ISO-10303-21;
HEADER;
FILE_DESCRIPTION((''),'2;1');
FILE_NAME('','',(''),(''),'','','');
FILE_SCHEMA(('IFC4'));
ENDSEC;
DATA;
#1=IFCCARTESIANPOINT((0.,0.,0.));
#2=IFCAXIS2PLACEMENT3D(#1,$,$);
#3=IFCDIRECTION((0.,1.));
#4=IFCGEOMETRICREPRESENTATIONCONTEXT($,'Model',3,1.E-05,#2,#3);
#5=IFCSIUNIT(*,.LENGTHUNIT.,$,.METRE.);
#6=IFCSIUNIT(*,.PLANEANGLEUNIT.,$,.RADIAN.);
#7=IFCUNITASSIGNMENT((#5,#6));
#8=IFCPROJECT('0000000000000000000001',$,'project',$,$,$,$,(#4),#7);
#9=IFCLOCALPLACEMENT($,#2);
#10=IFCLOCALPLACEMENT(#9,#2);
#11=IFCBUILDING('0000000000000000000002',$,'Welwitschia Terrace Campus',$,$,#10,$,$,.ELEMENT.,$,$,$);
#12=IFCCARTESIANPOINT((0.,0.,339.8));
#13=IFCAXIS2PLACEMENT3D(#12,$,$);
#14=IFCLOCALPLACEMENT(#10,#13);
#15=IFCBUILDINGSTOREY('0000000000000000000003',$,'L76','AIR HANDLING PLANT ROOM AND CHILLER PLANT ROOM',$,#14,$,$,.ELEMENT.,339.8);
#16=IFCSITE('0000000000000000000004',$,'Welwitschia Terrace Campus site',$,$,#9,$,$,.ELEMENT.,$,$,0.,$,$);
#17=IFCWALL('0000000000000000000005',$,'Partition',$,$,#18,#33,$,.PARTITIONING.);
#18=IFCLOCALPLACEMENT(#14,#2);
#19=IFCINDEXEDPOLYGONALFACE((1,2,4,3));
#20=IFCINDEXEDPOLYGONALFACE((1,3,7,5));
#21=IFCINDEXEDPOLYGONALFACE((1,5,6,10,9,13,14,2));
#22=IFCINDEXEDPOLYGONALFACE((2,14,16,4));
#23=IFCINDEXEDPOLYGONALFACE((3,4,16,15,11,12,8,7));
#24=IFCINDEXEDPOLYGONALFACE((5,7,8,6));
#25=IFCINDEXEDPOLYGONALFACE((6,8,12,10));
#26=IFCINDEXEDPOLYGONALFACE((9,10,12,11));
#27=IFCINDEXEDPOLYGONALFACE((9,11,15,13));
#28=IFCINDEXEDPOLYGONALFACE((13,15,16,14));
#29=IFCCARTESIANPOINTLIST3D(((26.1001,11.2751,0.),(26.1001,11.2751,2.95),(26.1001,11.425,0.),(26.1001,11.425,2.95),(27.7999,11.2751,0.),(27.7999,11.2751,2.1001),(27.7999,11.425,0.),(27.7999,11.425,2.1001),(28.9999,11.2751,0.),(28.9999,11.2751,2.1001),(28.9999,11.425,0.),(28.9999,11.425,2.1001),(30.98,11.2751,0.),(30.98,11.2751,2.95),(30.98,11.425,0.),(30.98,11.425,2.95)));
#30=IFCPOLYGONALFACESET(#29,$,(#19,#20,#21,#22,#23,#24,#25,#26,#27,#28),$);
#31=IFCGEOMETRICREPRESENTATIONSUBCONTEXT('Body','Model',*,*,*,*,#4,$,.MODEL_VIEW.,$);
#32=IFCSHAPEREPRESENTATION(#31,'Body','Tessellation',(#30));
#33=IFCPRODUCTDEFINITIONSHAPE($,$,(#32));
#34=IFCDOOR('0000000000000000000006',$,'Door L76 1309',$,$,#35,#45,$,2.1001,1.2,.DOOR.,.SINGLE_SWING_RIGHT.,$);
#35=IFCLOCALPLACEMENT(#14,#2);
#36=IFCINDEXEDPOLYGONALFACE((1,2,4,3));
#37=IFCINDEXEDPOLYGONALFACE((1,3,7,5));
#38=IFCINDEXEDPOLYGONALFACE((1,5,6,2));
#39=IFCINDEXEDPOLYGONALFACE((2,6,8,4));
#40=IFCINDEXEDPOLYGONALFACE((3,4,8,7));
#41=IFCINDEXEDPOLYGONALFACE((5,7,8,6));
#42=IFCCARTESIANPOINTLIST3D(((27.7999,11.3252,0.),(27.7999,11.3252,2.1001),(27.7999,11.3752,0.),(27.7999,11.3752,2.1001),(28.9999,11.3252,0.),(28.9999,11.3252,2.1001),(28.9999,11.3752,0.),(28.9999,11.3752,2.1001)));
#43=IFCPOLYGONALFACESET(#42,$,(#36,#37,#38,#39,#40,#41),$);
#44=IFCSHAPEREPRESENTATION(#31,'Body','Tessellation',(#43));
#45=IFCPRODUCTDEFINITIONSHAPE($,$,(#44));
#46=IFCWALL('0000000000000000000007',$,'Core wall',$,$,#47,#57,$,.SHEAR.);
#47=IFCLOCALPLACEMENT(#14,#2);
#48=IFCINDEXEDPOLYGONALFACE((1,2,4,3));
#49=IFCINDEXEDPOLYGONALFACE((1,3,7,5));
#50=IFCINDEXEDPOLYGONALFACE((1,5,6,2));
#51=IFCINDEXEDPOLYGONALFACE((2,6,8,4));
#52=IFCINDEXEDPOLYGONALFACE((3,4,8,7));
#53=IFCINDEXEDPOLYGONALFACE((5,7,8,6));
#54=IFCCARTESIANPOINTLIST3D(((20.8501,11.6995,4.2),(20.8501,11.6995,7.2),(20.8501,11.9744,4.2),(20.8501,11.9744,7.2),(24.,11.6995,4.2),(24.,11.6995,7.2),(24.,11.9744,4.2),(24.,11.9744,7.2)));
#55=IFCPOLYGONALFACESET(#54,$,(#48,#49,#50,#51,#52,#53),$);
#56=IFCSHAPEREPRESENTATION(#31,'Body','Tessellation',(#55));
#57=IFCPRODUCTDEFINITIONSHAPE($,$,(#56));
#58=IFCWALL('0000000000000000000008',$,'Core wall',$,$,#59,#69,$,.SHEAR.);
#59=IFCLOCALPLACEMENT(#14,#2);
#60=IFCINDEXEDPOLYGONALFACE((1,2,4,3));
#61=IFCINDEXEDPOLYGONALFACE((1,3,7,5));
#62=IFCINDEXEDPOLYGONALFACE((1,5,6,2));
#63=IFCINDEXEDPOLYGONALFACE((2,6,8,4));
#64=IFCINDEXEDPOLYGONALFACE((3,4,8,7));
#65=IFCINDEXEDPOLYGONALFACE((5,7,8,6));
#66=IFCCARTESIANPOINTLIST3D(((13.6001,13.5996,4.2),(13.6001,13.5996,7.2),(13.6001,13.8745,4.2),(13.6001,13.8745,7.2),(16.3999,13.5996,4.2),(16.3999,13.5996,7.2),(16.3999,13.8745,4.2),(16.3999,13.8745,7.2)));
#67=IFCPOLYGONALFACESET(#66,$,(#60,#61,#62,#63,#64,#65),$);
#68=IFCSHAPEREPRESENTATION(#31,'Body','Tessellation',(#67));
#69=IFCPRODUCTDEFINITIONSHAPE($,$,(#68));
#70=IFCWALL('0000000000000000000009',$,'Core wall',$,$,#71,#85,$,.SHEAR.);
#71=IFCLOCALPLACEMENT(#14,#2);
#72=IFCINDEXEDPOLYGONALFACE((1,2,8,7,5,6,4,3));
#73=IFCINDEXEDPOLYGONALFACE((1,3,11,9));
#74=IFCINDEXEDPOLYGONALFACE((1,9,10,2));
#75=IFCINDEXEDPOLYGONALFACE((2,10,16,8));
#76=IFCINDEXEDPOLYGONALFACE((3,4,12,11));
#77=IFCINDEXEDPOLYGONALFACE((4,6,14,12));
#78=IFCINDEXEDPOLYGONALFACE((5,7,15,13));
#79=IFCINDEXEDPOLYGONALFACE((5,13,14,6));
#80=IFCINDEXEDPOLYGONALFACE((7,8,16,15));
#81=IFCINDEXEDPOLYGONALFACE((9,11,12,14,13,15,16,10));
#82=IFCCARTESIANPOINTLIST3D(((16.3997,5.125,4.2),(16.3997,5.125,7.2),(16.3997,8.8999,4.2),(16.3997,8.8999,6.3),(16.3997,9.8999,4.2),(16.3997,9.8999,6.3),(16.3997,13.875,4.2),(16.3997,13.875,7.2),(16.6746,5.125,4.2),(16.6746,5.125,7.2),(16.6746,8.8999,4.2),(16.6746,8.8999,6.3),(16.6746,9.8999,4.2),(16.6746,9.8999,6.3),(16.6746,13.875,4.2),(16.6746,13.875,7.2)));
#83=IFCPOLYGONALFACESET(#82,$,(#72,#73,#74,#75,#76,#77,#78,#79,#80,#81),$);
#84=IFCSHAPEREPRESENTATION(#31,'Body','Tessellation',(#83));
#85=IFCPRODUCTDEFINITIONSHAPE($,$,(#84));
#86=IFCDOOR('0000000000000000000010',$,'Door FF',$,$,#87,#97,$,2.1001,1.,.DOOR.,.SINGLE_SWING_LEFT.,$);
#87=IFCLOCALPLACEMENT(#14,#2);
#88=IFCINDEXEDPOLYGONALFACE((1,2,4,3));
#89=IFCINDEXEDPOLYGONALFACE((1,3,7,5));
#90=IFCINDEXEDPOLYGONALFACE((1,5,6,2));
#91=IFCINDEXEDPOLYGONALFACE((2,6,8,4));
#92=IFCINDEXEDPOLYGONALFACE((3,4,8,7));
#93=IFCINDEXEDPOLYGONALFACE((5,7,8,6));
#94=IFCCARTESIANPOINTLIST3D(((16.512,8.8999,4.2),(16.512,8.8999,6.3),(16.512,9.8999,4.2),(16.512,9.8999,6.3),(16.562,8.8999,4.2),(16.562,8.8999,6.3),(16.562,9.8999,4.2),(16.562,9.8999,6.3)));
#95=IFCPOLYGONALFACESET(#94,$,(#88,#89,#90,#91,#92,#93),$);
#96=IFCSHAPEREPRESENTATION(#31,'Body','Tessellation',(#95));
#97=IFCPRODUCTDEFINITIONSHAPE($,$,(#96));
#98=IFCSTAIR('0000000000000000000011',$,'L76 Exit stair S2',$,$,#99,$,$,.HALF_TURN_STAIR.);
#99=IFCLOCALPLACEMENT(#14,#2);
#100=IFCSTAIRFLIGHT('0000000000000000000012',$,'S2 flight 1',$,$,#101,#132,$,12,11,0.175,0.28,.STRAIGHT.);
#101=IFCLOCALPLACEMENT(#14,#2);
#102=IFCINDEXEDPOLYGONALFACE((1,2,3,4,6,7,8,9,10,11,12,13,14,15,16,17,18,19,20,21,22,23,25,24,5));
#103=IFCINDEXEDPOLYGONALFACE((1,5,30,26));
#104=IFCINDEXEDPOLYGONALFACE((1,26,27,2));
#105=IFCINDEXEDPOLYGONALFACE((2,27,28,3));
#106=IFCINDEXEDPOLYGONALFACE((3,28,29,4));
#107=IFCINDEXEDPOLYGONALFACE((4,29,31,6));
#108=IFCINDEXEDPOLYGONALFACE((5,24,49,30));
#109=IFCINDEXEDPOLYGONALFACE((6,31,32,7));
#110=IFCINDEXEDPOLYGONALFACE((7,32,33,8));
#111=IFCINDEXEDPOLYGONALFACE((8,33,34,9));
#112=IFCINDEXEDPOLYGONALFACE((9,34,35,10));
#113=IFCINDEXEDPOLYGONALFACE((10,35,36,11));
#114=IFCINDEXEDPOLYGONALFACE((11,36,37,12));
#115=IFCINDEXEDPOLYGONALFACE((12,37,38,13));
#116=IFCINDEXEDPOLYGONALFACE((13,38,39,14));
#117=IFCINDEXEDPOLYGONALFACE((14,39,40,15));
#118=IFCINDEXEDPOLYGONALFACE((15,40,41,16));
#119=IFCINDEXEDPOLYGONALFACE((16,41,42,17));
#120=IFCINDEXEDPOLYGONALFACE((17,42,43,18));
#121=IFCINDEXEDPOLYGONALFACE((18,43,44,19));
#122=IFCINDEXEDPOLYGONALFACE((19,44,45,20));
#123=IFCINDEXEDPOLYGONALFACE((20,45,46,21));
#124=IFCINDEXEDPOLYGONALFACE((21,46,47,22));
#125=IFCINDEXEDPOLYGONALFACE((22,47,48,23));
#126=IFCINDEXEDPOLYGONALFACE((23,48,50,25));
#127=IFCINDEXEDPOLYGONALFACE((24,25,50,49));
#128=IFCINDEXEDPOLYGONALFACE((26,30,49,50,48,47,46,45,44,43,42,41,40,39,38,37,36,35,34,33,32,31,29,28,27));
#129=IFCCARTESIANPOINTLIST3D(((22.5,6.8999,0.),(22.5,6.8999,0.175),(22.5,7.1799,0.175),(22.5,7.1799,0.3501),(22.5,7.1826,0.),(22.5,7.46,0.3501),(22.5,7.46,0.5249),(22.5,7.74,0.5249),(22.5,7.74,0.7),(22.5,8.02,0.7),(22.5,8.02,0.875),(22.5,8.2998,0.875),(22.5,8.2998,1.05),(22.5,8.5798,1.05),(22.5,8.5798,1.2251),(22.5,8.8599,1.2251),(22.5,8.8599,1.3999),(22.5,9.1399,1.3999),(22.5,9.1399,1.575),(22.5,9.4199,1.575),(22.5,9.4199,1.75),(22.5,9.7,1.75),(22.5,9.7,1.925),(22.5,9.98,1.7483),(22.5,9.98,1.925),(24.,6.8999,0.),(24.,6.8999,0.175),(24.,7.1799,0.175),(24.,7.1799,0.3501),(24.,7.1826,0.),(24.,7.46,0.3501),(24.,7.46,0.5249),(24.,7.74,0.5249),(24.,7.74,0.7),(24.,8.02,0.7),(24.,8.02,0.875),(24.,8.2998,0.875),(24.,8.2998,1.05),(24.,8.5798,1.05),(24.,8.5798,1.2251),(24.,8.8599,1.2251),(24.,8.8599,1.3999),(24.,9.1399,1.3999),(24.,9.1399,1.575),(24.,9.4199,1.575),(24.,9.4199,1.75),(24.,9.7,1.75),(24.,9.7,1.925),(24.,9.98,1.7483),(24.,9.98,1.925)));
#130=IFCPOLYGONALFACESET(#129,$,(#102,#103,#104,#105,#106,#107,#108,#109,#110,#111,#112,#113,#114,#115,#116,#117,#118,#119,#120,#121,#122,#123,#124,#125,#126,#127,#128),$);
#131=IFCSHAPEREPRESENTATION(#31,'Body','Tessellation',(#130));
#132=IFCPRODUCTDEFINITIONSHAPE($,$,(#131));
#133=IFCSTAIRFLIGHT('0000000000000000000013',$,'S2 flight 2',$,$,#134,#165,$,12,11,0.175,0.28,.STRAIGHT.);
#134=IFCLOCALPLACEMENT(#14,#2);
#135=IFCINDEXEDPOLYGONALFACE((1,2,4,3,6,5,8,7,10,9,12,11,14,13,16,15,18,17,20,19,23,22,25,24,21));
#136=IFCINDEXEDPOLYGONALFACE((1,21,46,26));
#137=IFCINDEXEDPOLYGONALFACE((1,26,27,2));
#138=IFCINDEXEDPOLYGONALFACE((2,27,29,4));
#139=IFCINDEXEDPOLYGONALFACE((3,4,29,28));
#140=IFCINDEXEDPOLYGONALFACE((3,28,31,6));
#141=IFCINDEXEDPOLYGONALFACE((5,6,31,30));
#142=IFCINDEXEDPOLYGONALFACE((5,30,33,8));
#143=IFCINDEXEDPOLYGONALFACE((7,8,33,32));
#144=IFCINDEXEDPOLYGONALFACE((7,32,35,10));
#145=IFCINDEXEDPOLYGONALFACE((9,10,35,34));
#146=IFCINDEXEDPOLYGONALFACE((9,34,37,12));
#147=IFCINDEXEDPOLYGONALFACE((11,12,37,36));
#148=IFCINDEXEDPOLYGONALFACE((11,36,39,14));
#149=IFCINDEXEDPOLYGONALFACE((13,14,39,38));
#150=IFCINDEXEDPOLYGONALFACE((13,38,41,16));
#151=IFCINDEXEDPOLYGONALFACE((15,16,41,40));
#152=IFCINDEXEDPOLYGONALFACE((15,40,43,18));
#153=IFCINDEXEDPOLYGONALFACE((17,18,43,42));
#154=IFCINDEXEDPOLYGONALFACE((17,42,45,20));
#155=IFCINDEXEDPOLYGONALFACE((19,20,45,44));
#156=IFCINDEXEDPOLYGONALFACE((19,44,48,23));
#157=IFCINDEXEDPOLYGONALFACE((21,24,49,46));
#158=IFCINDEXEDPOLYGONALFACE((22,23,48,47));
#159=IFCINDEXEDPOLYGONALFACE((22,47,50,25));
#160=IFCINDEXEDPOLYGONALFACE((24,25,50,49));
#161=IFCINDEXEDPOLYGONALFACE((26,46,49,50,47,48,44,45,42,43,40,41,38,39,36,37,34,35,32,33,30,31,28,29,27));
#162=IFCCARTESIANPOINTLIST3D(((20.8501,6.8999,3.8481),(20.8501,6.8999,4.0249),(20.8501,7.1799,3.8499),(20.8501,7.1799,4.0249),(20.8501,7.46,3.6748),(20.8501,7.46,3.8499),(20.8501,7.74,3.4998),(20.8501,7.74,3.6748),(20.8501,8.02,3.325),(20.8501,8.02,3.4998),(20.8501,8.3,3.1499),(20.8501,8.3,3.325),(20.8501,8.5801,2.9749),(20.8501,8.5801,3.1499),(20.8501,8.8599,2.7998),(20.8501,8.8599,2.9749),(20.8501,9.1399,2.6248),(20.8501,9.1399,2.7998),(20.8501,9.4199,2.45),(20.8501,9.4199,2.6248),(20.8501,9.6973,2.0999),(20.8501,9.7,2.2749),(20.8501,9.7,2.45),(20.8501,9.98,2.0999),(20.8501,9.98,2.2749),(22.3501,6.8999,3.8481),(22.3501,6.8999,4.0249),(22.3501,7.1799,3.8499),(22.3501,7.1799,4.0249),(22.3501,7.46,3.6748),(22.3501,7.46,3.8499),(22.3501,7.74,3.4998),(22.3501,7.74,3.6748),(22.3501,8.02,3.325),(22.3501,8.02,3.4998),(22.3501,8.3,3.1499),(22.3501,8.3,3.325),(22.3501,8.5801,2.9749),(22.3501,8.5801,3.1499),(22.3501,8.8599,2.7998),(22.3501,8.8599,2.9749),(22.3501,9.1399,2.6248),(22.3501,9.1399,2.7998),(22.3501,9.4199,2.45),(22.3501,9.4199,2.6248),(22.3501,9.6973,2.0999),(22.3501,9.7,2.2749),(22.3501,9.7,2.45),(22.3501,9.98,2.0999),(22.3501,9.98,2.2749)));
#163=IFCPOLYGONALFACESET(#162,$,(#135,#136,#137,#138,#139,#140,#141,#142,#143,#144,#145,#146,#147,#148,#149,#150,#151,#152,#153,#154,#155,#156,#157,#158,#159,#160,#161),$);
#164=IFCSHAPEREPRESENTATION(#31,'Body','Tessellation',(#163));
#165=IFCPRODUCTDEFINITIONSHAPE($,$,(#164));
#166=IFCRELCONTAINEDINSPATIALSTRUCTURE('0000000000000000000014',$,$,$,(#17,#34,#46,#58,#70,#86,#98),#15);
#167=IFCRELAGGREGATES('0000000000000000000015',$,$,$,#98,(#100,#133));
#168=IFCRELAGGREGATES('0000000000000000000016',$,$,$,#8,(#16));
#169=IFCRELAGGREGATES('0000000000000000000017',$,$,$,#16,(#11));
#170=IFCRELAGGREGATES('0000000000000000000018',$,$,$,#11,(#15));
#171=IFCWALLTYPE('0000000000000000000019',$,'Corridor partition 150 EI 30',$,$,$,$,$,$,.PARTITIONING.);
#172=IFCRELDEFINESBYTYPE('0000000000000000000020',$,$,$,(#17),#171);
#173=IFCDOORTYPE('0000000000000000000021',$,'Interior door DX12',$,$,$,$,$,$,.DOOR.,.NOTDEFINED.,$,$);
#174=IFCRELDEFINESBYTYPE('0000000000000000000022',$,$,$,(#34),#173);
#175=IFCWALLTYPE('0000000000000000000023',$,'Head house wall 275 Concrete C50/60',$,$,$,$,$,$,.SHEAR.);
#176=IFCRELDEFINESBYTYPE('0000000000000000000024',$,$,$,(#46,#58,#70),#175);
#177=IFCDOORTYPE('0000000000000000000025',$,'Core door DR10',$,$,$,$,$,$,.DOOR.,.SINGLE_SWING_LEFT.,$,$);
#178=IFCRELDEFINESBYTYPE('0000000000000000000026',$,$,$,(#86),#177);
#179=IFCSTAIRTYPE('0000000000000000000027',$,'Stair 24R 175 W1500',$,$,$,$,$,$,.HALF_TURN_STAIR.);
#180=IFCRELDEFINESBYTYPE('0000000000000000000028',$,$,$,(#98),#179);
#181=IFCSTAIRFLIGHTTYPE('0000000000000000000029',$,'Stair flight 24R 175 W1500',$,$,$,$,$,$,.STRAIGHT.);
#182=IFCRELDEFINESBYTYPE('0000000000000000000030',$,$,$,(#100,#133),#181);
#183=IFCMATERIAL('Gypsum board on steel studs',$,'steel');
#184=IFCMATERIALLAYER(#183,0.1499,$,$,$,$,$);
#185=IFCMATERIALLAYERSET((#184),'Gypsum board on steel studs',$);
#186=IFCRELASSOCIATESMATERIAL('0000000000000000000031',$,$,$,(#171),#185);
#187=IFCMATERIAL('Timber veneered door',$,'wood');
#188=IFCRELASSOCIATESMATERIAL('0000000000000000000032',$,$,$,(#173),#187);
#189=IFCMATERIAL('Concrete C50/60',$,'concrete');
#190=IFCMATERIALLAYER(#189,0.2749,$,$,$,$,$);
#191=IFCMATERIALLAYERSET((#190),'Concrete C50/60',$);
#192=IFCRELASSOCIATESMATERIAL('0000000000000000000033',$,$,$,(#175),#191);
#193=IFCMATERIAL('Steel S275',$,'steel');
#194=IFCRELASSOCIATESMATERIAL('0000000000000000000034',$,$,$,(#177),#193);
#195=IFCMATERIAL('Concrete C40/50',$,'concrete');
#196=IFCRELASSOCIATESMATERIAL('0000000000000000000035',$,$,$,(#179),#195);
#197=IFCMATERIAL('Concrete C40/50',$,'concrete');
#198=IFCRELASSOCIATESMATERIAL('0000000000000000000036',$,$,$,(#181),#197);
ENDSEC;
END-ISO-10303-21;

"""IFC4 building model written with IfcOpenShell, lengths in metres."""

from ifc_helpers import new_model, si_unit, direction, frame, frame_2d, origin, place, context, subcontext, project, spatial, polyline, rectangle, outline, extrude, material, layer, layer_set, type_object, element, fill, aggregate, save


model = new_model("IFC4")

# Units and contexts
model_context = context("Model", 3, precision=1e-05, world=origin(), true_north=direction((0.0, 1.0)))
body_context = subcontext(model_context, "Body", "Model", "MODEL_VIEW")
ifc_project = project(units=[si_unit("LENGTHUNIT", "METRE"), si_unit("PLANEANGLEUNIT", "RADIAN")], contexts=[model_context])

# Site, building, storey
site_placement = place(None, origin())
site = spatial("IfcSite", under=ifc_project, at=site_placement, Name="Welwitschia Terrace Campus site", CompositionType="ELEMENT", RefElevation=0.0)
building_placement = place(site_placement, origin())
building = spatial("IfcBuilding", under=site, at=building_placement, Name="Welwitschia Terrace Campus", CompositionType="ELEMENT")
storey_placement = place(building_placement, frame((0.0, 0.0, 339.8)))
storey = spatial("IfcBuildingStorey", under=building, at=storey_placement, Name="L76", Description="AIR HANDLING PLANT ROOM AND CHILLER PLANT ROOM", CompositionType="ELEMENT", Elevation=339.8)

# Shared definitions
ifc_material_1 = material(Name="Gypsum board on steel studs", Category="steel")
ifc_layer_1 = layer(ifc_material_1, 0.1499)
ifc_layer_set_1 = layer_set([ifc_layer_1], Name="Gypsum board on steel studs")
wall_type_1 = type_object("IfcWallType", Name="Corridor partition 150 EI 30", PredefinedType="PARTITIONING", material=ifc_layer_set_1)

# Wall, opening, door
wall_1_placement = place(storey_placement, frame((30.98, 11.3501, 0.0), z_axis=(0.0, 0.0, 1.0), x_axis=(-1.0, 0.0, 0.0)))
wall_1 = element("IfcWall", 1, at=wall_1_placement, inside=storey, type_object=wall_type_1, Name="Partition", PredefinedType="PARTITIONING", context=body_context, shape_type="SweptSolid", body=[
    extrude(rectangle(XDim=4.8799, YDim=0.1499, at=frame_2d((2.4399, 0.0))), origin(), (0.0, 0.0, 1.0), 2.95),
])
opening_1_placement = place(wall_1_placement, frame((1.98, 0.0, 0.0)))
opening_1 = element("IfcOpeningElement", 2, at=opening_1_placement, cuts=wall_1, PredefinedType="OPENING", context=body_context, shape_type="SweptSolid", body=[
    extrude(rectangle(XDim=1.2, YDim=2.1001, at=frame_2d((0.6001, 1.05))), frame((0.0, 0.085, 0.0), z_axis=(0.0, -1.0, 0.0), x_axis=(1.0, 0.0, 0.0)), (0.0, 0.0, 1.0), 0.1699),
])
ifc_material_2 = material(Name="Timber veneered door", Category="wood")
door_type_1 = type_object("IfcDoorType", Name="Interior door DX12", OperationType="NOTDEFINED", PredefinedType="DOOR", material=ifc_material_2)
door_1_placement = place(opening_1_placement, origin())
door_1 = element("IfcDoor", 3, at=door_1_placement, inside=storey, type_object=door_type_1, Name="Door L76 1309", OperationType="SINGLE_SWING_RIGHT", OverallHeight=2.1001, OverallWidth=1.2, PredefinedType="DOOR", context=body_context, shape_type="SweptSolid", body=[
    extrude(rectangle(XDim=1.2, YDim=2.1001, at=frame_2d((0.6001, 1.05))), frame((0.0, 0.0249, 0.0), z_axis=(0.0, -1.0, 0.0), x_axis=(1.0, 0.0, 0.0)), (0.0, 0.0, 1.0), 0.05),
])
fill(opening_1, door_1)

# Walls
ifc_material_3 = material(Name="Concrete C50/60", Category="concrete")
ifc_layer_2 = layer(ifc_material_3, 0.2749)
ifc_layer_set_2 = layer_set([ifc_layer_2], Name="Concrete C50/60")
wall_type_2 = type_object("IfcWallType", Name="Head house wall 275 Concrete C50/60", PredefinedType="SHEAR", material=ifc_layer_set_2)
wall_2_placement = place(storey_placement, frame((20.8501, 11.8369, 4.2), z_axis=(0.0, 0.0, 1.0), x_axis=(1.0, 0.0, 0.0)))
element("IfcWall", 4, at=wall_2_placement, inside=storey, type_object=wall_type_2, Name="Core wall", PredefinedType="SHEAR", context=body_context, shape_type="SweptSolid", body=[
    extrude(rectangle(XDim=3.1499, YDim=0.2749, at=frame_2d((1.575, 0.0))), origin(), (0.0, 0.0, 1.0), 3.0),
])
wall_3_placement = place(storey_placement, frame((13.6001, 13.7371, 4.2), z_axis=(0.0, 0.0, 1.0), x_axis=(1.0, 0.0, 0.0)))
element("IfcWall", 5, at=wall_3_placement, inside=storey, type_object=wall_type_2, Name="Core wall", PredefinedType="SHEAR", context=body_context, shape_type="SweptSolid", body=[
    extrude(rectangle(XDim=2.7998, YDim=0.2749, at=frame_2d((1.3999, 0.0))), origin(), (0.0, 0.0, 1.0), 3.0),
])

# Wall, opening, door
wall_4_placement = place(storey_placement, frame((16.5371, 13.875, 4.2), z_axis=(0.0, 0.0, 1.0), x_axis=(0.0, -1.0, 0.0)))
wall_4 = element("IfcWall", 6, at=wall_4_placement, inside=storey, type_object=wall_type_2, Name="Core wall", PredefinedType="SHEAR", context=body_context, shape_type="SweptSolid", body=[
    extrude(rectangle(XDim=8.75, YDim=0.2749, at=frame_2d((4.375, 0.0))), origin(), (0.0, 0.0, 1.0), 3.0),
])
opening_2_placement = place(wall_4_placement, frame((3.9751, 0.0, 0.0)))
opening_2 = element("IfcOpeningElement", 7, at=opening_2_placement, cuts=wall_4, PredefinedType="OPENING", context=body_context, shape_type="SweptSolid", body=[
    extrude(rectangle(XDim=1.0, YDim=2.1001, at=frame_2d((0.5, 1.05))), frame((0.0, 0.1475, 0.0), z_axis=(0.0, -1.0, 0.0), x_axis=(1.0, 0.0, 0.0)), (0.0, 0.0, 1.0), 0.2949),
])
ifc_material_4 = material(Name="Steel S275", Category="steel")
door_type_2 = type_object("IfcDoorType", Name="Core door DR10", OperationType="SINGLE_SWING_LEFT", PredefinedType="DOOR", material=ifc_material_4)
door_2_placement = place(opening_2_placement, origin())
door_2 = element("IfcDoor", 8, at=door_2_placement, inside=storey, type_object=door_type_2, Name="Door FF", OperationType="SINGLE_SWING_LEFT", OverallHeight=2.1001, OverallWidth=1.0, PredefinedType="DOOR", context=body_context, shape_type="SweptSolid", body=[
    extrude(rectangle(XDim=1.0, YDim=2.1001, at=frame_2d((0.5, 1.05))), frame((0.0, 0.0249, 0.0), z_axis=(0.0, -1.0, 0.0), x_axis=(1.0, 0.0, 0.0)), (0.0, 0.0, 1.0), 0.05),
])
fill(opening_2, door_2)

# Stair, stair flights
ifc_material_5 = material(Name="Concrete C40/50", Category="concrete")
stair_type = type_object("IfcStairType", Name="Stair 24R 175 W1500", PredefinedType="HALF_TURN_STAIR", material=ifc_material_5)
stair_placement = place(storey_placement, origin())
stair = element("IfcStair", 9, at=stair_placement, inside=storey, type_object=stair_type, Name="L76 Exit stair S2", PredefinedType="HALF_TURN_STAIR")
ifc_material_6 = material(Name="Concrete C40/50", Category="concrete")
stair_flight_type = type_object("IfcStairFlightType", Name="Stair flight 24R 175 W1500", PredefinedType="STRAIGHT", material=ifc_material_6)
stair_flight_1_placement = place(storey_placement, frame((23.25, 6.8999, 0.0), z_axis=(0.0, 0.0, 1.0), x_axis=(0.0, 1.0, 0.0)))
stair_flight_1 = element("IfcStairFlight", 10, at=stair_flight_1_placement, type_object=stair_flight_type, Name="S2 flight 1", NumberOfRisers=12, NumberOfTreads=11, PredefinedType="STRAIGHT", RiserHeight=0.175, TreadLength=0.28, context=body_context, shape_type="SweptSolid", body=[
    extrude(outline(polyline([(0.0, 0.0), (0.0, 0.175), (0.28, 0.175), (0.28, 0.3501), (0.5601, 0.3501), (0.5601, 0.5249), (0.8401, 0.5249), (0.8401, 0.7), (1.1201, 0.7), (1.1201, 0.875), (1.3999, 0.875), (1.3999, 1.05), (1.6799, 1.05), (1.6799, 1.2251), (1.96, 1.2251), (1.96, 1.3999), (2.24, 1.3999), (2.24, 1.575), (2.52, 1.575), (2.52, 1.75), (2.8, 1.75), (2.8, 1.925), (3.0801, 1.925), (3.0801, 2.1001), (3.0801, 1.7483), (0.2827, 0.0), (0.0, 0.0)])), frame((0.0, 0.75, 0.0), z_axis=(0.0, -1.0, 0.0), x_axis=(1.0, 0.0, 0.0)), (0.0, 0.0, 1.0), 1.5),
])
stair_flight_2_placement = place(storey_placement, frame((21.6001, 9.98, 2.0999), z_axis=(0.0, 0.0, 1.0), x_axis=(0.0, -1.0, 0.0)))
stair_flight_2 = element("IfcStairFlight", 11, at=stair_flight_2_placement, type_object=stair_flight_type, Name="S2 flight 2", NumberOfRisers=12, NumberOfTreads=11, PredefinedType="STRAIGHT", RiserHeight=0.175, TreadLength=0.28, context=body_context, shape_type="SweptSolid", body=[
    extrude(outline(polyline([(0.0, 0.0), (0.0, 0.175), (0.28, 0.175), (0.28, 0.3501), (0.5601, 0.3501), (0.5601, 0.5249), (0.8401, 0.5249), (0.8401, 0.7), (1.1201, 0.7), (1.1201, 0.875), (1.3999, 0.875), (1.3999, 1.05), (1.6799, 1.05), (1.6799, 1.2251), (1.96, 1.2251), (1.96, 1.3999), (2.24, 1.3999), (2.24, 1.575), (2.52, 1.575), (2.52, 1.75), (2.8, 1.75), (2.8, 1.925), (3.0801, 1.925), (3.0801, 2.1001), (3.0801, 1.7483), (0.2827, 0.0), (0.0, 0.0)])), frame((0.0, 0.75, 0.0), z_axis=(0.0, -1.0, 0.0), x_axis=(1.0, 0.0, 0.0)), (0.0, 0.0, 1.0), 1.5),
])
aggregate(stair, [stair_flight_1, stair_flight_2])

save(model, "model.ifc")
